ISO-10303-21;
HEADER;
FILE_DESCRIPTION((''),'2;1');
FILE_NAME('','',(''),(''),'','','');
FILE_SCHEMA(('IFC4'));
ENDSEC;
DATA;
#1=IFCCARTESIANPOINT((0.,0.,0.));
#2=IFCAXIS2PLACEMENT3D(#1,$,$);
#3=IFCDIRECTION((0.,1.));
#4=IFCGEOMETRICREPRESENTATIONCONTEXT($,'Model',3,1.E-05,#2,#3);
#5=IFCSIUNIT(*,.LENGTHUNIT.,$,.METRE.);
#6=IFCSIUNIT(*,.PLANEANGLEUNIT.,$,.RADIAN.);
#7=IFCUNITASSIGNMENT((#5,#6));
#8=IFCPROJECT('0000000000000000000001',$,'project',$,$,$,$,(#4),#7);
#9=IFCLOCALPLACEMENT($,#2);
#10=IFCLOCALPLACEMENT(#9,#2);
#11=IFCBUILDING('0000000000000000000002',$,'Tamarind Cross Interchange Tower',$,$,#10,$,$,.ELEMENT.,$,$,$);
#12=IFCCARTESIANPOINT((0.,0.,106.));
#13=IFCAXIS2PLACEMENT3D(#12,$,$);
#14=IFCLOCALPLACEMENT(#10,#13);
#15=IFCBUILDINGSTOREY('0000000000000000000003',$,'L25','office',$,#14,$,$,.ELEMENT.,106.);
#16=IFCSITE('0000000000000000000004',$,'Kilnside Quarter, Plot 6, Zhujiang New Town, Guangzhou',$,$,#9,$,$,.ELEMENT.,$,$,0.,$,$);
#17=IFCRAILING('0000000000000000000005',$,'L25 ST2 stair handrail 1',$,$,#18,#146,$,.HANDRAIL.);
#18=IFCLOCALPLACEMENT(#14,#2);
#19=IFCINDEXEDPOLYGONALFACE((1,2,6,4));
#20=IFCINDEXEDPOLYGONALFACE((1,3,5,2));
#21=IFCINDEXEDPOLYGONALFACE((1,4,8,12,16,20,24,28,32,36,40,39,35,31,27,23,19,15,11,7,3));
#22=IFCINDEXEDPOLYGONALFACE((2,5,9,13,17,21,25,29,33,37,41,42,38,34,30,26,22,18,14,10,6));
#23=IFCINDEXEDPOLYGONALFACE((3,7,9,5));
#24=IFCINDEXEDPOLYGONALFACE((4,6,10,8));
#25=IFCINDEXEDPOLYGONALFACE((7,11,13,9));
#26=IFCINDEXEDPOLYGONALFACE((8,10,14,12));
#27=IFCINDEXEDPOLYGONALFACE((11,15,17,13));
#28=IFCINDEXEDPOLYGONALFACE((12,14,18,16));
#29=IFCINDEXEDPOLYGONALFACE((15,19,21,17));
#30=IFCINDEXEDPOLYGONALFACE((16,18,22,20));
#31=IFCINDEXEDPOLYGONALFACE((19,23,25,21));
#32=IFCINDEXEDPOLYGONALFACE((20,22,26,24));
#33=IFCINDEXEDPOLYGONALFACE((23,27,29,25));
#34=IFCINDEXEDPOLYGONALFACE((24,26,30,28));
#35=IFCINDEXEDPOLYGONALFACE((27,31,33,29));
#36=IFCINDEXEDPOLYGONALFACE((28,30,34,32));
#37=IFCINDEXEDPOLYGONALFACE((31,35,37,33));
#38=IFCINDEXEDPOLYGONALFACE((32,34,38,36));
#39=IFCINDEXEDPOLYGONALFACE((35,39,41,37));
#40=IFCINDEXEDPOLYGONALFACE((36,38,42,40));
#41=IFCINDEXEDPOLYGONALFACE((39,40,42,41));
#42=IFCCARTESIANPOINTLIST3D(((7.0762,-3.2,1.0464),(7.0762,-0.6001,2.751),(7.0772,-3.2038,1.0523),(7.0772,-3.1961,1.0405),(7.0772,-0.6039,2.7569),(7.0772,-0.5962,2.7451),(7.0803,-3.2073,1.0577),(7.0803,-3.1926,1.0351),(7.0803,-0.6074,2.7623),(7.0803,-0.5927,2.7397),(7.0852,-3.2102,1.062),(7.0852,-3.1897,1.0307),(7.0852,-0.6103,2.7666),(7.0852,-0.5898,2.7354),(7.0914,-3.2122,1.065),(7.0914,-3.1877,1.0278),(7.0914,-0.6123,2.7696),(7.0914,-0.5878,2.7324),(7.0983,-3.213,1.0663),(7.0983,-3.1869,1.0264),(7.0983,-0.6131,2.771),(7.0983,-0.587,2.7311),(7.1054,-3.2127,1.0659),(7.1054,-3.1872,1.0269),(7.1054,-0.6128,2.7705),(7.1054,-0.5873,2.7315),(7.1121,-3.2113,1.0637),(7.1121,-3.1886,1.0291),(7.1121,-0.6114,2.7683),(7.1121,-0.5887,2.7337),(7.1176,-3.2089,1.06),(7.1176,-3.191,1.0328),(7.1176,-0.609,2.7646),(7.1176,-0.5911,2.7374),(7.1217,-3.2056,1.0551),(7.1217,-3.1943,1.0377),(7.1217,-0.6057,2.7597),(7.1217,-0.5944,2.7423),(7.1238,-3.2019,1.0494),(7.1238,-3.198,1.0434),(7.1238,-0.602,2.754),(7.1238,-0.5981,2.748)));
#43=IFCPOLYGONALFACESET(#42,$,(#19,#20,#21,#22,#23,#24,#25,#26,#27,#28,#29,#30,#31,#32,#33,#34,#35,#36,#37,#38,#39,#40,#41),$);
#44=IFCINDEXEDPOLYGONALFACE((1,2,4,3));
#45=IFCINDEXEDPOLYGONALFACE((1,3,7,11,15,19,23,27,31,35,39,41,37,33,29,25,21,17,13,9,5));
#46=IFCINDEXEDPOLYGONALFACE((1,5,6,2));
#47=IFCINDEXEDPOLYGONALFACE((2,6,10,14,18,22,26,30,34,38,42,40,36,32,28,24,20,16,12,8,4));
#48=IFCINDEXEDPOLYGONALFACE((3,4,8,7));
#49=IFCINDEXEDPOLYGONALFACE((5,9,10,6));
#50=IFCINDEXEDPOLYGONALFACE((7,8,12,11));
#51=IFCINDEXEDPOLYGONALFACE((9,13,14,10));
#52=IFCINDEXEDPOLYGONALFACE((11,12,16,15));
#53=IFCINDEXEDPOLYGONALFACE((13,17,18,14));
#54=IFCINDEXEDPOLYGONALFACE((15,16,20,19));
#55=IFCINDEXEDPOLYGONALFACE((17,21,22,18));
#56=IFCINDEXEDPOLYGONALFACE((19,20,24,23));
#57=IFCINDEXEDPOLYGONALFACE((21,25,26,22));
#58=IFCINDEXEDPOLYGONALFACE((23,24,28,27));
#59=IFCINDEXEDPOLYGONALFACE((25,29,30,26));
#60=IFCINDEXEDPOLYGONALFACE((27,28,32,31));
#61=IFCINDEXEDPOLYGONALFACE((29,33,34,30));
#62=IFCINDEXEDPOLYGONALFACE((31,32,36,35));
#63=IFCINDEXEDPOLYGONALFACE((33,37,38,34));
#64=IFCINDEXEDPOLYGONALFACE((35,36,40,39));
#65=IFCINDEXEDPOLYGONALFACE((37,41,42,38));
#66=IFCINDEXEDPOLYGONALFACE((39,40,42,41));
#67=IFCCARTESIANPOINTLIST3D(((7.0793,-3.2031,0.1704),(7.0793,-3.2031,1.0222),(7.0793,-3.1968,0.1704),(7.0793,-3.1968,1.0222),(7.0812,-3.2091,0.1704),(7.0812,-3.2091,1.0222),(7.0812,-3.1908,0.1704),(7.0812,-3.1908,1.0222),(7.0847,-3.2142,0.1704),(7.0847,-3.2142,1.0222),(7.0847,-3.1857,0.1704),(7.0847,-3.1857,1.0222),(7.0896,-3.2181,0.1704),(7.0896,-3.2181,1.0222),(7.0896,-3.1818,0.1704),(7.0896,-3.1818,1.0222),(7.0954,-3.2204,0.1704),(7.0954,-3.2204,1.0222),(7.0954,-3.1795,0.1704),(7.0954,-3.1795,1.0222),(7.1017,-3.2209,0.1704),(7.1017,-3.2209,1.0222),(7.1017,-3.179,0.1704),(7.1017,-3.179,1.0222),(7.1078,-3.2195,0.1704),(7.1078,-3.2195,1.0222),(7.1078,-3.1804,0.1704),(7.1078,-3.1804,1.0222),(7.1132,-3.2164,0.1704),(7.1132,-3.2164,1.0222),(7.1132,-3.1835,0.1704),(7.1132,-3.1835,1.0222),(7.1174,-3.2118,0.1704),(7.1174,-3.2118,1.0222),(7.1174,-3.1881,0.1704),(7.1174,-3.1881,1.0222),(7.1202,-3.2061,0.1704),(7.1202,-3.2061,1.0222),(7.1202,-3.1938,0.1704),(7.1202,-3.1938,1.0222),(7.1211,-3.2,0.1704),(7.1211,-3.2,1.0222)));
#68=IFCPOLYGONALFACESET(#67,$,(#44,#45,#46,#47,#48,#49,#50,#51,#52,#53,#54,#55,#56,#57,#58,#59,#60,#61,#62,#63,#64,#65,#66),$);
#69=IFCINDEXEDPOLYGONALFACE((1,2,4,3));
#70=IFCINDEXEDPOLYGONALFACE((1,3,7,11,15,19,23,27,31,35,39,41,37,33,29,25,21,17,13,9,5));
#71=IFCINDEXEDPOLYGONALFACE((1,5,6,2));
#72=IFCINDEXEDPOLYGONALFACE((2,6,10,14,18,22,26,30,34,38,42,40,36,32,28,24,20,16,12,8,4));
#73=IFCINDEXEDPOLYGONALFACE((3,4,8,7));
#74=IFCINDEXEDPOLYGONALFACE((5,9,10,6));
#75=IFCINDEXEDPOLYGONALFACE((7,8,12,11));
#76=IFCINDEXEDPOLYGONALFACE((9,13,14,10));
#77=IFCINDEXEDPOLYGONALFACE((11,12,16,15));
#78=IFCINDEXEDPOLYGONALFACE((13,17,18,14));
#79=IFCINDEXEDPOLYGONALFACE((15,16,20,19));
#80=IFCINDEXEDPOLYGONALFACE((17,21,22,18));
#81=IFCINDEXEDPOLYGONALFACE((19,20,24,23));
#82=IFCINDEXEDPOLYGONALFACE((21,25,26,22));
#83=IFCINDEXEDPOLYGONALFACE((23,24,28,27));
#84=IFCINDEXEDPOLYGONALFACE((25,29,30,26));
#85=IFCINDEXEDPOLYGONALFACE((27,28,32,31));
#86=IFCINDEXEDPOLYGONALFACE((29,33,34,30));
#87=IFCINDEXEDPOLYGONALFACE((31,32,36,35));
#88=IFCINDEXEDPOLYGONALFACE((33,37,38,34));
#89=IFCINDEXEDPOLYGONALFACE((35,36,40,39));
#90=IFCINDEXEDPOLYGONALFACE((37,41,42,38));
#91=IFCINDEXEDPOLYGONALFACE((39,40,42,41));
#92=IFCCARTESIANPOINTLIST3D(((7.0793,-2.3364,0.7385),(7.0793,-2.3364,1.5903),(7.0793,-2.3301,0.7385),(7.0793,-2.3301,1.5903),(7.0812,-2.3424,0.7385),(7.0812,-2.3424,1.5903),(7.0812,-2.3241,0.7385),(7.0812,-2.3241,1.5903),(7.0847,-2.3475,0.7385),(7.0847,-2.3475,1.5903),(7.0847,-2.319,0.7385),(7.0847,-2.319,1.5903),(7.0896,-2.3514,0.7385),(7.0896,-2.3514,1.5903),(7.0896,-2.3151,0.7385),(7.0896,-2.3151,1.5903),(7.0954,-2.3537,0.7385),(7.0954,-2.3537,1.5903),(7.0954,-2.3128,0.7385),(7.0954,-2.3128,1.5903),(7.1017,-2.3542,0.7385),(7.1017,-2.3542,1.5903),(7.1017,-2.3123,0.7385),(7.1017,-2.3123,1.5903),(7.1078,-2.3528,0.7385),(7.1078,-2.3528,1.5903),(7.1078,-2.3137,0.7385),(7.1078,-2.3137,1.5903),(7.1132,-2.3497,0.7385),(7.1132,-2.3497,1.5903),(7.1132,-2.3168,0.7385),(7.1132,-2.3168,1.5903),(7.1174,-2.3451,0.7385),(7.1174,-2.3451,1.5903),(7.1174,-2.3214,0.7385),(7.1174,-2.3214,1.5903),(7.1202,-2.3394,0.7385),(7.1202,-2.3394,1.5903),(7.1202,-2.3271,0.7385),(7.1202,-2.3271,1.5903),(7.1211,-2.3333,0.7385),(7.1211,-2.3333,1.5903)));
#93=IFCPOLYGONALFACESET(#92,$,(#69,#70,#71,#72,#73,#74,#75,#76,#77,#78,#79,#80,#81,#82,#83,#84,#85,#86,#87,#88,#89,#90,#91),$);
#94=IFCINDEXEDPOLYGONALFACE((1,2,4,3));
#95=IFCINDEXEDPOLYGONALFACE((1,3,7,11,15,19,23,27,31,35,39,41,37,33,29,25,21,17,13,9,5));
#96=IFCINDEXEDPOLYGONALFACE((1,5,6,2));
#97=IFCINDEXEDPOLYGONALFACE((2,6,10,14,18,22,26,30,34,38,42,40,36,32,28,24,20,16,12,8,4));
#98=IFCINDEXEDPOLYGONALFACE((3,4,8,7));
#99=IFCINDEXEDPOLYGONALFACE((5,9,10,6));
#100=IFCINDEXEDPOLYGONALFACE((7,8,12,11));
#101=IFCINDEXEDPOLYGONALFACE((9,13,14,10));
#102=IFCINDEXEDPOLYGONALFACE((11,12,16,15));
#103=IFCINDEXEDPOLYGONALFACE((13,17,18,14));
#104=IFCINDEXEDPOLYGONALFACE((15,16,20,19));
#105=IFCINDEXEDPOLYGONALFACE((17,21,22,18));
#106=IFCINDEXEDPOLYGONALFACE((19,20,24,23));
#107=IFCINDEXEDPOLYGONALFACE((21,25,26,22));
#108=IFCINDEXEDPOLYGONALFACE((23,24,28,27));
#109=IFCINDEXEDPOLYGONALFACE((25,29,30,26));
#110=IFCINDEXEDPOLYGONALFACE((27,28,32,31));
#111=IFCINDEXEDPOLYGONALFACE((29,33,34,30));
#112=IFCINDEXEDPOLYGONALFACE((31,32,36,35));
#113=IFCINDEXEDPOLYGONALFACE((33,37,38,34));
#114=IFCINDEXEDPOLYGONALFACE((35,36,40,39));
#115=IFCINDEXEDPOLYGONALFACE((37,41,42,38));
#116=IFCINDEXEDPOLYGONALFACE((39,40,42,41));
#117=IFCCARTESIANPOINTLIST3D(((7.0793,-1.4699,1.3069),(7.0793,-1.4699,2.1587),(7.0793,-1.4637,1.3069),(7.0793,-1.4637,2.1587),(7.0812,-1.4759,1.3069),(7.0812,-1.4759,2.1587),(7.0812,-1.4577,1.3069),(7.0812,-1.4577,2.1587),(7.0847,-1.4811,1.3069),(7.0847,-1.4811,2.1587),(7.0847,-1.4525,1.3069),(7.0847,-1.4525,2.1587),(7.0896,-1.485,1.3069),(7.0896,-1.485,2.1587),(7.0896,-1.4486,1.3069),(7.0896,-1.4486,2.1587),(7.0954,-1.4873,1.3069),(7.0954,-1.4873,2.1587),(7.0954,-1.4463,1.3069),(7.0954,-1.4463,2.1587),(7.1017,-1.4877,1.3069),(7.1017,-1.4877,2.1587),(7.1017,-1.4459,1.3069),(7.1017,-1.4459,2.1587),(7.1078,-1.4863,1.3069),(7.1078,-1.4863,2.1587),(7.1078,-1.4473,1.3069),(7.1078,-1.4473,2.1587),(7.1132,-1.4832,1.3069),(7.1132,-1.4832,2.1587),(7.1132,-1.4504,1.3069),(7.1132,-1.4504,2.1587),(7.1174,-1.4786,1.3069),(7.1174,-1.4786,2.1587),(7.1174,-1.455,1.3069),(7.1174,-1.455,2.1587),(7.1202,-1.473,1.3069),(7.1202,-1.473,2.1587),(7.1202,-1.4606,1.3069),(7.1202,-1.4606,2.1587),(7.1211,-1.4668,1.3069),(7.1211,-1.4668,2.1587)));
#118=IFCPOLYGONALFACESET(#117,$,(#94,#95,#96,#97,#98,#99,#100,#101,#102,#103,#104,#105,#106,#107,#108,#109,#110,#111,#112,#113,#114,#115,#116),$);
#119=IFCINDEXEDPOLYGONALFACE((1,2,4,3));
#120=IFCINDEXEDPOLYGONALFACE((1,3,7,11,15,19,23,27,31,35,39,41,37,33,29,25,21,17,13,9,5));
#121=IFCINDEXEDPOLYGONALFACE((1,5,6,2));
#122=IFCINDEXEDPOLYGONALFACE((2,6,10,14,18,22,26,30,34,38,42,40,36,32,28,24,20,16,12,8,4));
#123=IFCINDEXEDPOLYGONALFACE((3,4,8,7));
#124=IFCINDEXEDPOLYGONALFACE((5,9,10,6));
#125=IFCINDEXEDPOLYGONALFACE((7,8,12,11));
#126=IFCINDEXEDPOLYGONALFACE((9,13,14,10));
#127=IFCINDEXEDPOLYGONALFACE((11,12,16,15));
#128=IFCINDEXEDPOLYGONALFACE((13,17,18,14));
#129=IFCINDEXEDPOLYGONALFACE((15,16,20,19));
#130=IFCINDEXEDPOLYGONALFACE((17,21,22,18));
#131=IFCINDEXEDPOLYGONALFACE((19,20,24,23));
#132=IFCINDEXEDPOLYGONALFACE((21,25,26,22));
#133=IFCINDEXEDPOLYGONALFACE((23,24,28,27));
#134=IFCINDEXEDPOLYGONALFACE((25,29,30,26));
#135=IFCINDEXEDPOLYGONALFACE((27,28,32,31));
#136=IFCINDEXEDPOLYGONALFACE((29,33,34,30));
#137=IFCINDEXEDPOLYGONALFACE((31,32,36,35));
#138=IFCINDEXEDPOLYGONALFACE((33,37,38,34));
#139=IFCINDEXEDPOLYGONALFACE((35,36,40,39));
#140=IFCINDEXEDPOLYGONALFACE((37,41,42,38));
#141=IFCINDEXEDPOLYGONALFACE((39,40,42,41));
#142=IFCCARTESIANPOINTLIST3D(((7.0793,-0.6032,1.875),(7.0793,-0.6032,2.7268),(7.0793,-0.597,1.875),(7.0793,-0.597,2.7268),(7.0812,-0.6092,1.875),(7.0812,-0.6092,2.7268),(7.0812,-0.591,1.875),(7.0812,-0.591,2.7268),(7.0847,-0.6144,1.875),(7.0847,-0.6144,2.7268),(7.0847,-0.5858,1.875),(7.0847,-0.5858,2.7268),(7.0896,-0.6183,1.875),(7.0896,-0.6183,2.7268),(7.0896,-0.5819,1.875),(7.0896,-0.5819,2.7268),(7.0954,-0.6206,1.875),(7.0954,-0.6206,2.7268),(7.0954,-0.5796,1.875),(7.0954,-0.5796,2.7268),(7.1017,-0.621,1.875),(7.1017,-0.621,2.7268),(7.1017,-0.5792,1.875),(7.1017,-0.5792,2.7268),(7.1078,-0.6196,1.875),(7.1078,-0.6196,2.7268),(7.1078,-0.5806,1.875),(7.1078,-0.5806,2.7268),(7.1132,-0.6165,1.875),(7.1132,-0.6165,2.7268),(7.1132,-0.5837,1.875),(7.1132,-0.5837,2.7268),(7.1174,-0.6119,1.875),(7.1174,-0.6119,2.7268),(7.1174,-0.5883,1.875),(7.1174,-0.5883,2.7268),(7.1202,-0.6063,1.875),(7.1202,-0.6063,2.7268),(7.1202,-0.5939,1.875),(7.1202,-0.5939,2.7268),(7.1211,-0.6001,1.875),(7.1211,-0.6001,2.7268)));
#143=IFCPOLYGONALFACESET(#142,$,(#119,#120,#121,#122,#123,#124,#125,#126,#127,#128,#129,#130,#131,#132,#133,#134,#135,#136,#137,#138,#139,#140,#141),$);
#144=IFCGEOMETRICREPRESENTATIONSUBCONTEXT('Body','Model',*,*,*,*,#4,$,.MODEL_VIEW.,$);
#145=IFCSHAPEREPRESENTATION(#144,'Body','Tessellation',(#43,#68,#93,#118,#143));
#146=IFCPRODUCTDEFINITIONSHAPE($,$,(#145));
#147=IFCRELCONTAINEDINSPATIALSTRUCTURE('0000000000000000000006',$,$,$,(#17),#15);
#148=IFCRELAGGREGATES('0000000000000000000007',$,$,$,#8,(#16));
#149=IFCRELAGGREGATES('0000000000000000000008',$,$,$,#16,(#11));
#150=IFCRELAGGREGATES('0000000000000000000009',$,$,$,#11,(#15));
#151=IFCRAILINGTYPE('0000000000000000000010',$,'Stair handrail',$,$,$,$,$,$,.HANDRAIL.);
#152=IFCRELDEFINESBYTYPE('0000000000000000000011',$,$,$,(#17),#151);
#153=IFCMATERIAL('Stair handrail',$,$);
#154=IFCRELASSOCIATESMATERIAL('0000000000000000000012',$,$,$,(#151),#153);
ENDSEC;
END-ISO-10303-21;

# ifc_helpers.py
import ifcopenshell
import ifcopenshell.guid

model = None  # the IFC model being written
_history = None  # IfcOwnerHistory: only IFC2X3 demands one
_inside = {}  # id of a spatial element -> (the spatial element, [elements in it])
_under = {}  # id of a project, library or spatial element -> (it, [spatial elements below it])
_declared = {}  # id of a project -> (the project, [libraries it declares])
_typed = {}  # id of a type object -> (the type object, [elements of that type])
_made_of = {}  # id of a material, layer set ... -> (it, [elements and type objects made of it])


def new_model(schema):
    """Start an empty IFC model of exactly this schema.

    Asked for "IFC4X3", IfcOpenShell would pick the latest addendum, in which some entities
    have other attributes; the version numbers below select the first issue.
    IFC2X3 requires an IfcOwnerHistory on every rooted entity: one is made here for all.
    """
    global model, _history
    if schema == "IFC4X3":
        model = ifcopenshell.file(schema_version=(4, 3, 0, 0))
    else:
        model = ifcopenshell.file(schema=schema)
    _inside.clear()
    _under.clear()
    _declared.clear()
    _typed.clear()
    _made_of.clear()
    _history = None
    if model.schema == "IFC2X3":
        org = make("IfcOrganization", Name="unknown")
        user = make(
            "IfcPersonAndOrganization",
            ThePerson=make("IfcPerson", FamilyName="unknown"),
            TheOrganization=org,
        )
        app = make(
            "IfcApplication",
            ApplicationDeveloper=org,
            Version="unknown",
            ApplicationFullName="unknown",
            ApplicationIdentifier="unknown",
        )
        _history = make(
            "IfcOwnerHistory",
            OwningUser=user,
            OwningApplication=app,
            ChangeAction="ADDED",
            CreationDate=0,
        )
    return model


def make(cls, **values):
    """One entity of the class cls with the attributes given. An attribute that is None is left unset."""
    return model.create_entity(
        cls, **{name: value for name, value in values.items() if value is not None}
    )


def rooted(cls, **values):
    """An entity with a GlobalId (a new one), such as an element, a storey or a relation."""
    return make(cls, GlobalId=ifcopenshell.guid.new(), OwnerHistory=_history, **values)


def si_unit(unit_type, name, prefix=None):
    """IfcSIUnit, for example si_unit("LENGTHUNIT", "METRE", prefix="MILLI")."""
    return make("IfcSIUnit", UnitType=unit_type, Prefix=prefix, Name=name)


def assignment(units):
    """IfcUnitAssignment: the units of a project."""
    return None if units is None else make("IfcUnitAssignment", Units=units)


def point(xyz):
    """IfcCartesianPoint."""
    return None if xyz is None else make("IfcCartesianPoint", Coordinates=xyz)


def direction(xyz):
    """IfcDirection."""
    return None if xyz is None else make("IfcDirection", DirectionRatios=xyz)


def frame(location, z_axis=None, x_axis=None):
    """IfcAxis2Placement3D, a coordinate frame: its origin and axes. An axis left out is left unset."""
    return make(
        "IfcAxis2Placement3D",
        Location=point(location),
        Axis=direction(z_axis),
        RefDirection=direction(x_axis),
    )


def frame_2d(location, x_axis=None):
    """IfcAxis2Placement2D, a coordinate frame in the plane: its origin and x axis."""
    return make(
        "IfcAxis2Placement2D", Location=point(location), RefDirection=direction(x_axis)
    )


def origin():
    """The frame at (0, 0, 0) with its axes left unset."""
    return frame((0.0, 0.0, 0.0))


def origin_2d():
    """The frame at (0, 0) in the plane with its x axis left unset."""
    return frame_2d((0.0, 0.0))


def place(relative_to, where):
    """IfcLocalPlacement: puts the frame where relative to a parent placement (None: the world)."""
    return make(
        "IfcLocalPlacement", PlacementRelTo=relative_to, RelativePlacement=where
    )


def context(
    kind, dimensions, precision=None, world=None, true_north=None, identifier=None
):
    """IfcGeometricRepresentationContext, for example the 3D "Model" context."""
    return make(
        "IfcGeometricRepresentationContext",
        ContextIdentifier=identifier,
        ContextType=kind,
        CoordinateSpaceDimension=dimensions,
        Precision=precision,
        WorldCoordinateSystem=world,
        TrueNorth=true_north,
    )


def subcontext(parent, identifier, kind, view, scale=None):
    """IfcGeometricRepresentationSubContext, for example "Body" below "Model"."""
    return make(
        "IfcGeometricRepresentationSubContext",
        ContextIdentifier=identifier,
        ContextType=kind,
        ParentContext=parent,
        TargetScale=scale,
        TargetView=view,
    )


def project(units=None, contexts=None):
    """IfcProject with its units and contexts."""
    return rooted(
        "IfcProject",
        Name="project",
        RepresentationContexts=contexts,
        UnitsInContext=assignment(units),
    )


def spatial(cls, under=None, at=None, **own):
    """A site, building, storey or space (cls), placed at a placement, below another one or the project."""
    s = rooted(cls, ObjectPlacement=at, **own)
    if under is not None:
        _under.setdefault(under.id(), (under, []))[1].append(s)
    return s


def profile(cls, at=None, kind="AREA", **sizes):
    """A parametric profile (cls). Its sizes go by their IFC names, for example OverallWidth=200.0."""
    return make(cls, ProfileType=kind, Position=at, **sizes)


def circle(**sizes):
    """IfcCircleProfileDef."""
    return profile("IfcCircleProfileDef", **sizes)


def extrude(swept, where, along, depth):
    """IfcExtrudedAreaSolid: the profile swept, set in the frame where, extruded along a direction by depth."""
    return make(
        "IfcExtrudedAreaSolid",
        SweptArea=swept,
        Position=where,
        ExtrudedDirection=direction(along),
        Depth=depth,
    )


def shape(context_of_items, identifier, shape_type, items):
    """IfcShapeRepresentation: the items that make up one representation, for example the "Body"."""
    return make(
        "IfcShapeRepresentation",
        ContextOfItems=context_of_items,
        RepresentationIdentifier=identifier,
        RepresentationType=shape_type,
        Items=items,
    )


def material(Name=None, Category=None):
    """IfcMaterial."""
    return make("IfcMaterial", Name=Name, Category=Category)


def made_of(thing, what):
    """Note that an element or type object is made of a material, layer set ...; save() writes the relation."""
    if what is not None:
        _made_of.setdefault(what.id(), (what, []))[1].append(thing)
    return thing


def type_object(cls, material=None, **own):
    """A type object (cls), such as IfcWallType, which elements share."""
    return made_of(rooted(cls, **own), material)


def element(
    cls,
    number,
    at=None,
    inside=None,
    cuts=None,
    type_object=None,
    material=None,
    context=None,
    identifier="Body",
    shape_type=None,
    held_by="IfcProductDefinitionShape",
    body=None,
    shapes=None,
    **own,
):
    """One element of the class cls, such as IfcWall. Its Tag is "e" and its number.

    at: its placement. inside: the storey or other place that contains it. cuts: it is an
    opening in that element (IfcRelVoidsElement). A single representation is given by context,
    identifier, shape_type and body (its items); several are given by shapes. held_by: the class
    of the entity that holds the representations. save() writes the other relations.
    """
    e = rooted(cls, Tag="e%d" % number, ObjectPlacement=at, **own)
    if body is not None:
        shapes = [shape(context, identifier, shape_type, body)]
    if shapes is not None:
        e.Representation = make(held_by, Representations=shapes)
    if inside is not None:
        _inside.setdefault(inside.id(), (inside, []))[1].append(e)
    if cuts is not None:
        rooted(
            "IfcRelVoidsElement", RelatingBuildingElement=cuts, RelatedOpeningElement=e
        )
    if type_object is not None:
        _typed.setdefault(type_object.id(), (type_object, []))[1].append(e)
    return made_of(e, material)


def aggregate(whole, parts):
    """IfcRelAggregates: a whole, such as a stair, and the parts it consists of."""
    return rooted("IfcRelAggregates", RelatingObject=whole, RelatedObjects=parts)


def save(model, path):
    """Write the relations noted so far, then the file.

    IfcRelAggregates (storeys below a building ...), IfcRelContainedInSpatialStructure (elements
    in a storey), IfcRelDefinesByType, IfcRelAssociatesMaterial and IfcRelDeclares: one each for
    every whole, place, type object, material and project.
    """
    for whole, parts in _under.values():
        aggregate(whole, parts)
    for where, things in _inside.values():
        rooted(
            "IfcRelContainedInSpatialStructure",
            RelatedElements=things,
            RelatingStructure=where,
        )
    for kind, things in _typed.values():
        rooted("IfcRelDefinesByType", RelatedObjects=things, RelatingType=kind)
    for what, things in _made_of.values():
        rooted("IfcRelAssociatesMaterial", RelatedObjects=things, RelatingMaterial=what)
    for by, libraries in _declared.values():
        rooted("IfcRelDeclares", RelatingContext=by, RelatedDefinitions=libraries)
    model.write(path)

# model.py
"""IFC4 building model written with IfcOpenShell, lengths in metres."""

from ifc_helpers import new_model, si_unit, direction, frame, origin, origin_2d, place, context, subcontext, project, spatial, circle, extrude, material, type_object, element, save


model = new_model("IFC4")

# Units and contexts
model_context = context("Model", 3, precision=1e-05, world=origin(), true_north=direction((0.0, 1.0)))
body_context = subcontext(model_context, "Body", "Model", "MODEL_VIEW")
ifc_project = project(units=[si_unit("LENGTHUNIT", "METRE"), si_unit("PLANEANGLEUNIT", "RADIAN")], contexts=[model_context])

# Site, building, storey
site_placement = place(None, origin())
site = spatial("IfcSite", under=ifc_project, at=site_placement, Name="Kilnside Quarter, Plot 6, Zhujiang New Town, Guangzhou", CompositionType="ELEMENT", RefElevation=0.0)
building_placement = place(site_placement, origin())
building = spatial("IfcBuilding", under=site, at=building_placement, Name="Tamarind Cross Interchange Tower", CompositionType="ELEMENT")
storey_placement = place(building_placement, frame((0.0, 0.0, 106.0)))
storey = spatial("IfcBuildingStorey", under=building, at=storey_placement, Name="L25", Description="office", CompositionType="ELEMENT", Elevation=106.0)

# Railing
ifc_material_1 = material(Name="Stair handrail")
railing_type_1 = type_object("IfcRailingType", Name="Stair handrail", PredefinedType="HANDRAIL", material=ifc_material_1)
railing_1_placement = place(storey_placement, frame((7.1001, -3.2, 0.1704)))
element("IfcRailing", 1, at=railing_1_placement, inside=storey, type_object=railing_type_1, Name="L25 ST2 stair handrail 1", PredefinedType="HANDRAIL", context=body_context, shape_type="SweptSolid", body=[
    extrude(circle(Radius=0.0239, at=origin_2d()), frame((0.0, 0.0, 0.876), z_axis=(0.0, 0.836279, 0.548305), x_axis=(-1.0, 0.0, 0.0)), (0.0, 0.0, 1.0), 3.1089),
    extrude(circle(Radius=0.021, at=origin_2d()), origin(), (0.0, 0.0, 1.0), 0.8518),
    extrude(circle(Radius=0.021, at=origin_2d()), frame((0.0, 0.8667, 0.5681)), (0.0, 0.0, 1.0), 0.8518),
    extrude(circle(Radius=0.021, at=origin_2d()), frame((0.0, 1.7332, 1.1365)), (0.0, 0.0, 1.0), 0.8518),
    extrude(circle(Radius=0.021, at=origin_2d()), frame((0.0, 2.5999, 1.7046)), (0.0, 0.0, 1.0), 0.8518),
])

save(model, "model.ifc")
